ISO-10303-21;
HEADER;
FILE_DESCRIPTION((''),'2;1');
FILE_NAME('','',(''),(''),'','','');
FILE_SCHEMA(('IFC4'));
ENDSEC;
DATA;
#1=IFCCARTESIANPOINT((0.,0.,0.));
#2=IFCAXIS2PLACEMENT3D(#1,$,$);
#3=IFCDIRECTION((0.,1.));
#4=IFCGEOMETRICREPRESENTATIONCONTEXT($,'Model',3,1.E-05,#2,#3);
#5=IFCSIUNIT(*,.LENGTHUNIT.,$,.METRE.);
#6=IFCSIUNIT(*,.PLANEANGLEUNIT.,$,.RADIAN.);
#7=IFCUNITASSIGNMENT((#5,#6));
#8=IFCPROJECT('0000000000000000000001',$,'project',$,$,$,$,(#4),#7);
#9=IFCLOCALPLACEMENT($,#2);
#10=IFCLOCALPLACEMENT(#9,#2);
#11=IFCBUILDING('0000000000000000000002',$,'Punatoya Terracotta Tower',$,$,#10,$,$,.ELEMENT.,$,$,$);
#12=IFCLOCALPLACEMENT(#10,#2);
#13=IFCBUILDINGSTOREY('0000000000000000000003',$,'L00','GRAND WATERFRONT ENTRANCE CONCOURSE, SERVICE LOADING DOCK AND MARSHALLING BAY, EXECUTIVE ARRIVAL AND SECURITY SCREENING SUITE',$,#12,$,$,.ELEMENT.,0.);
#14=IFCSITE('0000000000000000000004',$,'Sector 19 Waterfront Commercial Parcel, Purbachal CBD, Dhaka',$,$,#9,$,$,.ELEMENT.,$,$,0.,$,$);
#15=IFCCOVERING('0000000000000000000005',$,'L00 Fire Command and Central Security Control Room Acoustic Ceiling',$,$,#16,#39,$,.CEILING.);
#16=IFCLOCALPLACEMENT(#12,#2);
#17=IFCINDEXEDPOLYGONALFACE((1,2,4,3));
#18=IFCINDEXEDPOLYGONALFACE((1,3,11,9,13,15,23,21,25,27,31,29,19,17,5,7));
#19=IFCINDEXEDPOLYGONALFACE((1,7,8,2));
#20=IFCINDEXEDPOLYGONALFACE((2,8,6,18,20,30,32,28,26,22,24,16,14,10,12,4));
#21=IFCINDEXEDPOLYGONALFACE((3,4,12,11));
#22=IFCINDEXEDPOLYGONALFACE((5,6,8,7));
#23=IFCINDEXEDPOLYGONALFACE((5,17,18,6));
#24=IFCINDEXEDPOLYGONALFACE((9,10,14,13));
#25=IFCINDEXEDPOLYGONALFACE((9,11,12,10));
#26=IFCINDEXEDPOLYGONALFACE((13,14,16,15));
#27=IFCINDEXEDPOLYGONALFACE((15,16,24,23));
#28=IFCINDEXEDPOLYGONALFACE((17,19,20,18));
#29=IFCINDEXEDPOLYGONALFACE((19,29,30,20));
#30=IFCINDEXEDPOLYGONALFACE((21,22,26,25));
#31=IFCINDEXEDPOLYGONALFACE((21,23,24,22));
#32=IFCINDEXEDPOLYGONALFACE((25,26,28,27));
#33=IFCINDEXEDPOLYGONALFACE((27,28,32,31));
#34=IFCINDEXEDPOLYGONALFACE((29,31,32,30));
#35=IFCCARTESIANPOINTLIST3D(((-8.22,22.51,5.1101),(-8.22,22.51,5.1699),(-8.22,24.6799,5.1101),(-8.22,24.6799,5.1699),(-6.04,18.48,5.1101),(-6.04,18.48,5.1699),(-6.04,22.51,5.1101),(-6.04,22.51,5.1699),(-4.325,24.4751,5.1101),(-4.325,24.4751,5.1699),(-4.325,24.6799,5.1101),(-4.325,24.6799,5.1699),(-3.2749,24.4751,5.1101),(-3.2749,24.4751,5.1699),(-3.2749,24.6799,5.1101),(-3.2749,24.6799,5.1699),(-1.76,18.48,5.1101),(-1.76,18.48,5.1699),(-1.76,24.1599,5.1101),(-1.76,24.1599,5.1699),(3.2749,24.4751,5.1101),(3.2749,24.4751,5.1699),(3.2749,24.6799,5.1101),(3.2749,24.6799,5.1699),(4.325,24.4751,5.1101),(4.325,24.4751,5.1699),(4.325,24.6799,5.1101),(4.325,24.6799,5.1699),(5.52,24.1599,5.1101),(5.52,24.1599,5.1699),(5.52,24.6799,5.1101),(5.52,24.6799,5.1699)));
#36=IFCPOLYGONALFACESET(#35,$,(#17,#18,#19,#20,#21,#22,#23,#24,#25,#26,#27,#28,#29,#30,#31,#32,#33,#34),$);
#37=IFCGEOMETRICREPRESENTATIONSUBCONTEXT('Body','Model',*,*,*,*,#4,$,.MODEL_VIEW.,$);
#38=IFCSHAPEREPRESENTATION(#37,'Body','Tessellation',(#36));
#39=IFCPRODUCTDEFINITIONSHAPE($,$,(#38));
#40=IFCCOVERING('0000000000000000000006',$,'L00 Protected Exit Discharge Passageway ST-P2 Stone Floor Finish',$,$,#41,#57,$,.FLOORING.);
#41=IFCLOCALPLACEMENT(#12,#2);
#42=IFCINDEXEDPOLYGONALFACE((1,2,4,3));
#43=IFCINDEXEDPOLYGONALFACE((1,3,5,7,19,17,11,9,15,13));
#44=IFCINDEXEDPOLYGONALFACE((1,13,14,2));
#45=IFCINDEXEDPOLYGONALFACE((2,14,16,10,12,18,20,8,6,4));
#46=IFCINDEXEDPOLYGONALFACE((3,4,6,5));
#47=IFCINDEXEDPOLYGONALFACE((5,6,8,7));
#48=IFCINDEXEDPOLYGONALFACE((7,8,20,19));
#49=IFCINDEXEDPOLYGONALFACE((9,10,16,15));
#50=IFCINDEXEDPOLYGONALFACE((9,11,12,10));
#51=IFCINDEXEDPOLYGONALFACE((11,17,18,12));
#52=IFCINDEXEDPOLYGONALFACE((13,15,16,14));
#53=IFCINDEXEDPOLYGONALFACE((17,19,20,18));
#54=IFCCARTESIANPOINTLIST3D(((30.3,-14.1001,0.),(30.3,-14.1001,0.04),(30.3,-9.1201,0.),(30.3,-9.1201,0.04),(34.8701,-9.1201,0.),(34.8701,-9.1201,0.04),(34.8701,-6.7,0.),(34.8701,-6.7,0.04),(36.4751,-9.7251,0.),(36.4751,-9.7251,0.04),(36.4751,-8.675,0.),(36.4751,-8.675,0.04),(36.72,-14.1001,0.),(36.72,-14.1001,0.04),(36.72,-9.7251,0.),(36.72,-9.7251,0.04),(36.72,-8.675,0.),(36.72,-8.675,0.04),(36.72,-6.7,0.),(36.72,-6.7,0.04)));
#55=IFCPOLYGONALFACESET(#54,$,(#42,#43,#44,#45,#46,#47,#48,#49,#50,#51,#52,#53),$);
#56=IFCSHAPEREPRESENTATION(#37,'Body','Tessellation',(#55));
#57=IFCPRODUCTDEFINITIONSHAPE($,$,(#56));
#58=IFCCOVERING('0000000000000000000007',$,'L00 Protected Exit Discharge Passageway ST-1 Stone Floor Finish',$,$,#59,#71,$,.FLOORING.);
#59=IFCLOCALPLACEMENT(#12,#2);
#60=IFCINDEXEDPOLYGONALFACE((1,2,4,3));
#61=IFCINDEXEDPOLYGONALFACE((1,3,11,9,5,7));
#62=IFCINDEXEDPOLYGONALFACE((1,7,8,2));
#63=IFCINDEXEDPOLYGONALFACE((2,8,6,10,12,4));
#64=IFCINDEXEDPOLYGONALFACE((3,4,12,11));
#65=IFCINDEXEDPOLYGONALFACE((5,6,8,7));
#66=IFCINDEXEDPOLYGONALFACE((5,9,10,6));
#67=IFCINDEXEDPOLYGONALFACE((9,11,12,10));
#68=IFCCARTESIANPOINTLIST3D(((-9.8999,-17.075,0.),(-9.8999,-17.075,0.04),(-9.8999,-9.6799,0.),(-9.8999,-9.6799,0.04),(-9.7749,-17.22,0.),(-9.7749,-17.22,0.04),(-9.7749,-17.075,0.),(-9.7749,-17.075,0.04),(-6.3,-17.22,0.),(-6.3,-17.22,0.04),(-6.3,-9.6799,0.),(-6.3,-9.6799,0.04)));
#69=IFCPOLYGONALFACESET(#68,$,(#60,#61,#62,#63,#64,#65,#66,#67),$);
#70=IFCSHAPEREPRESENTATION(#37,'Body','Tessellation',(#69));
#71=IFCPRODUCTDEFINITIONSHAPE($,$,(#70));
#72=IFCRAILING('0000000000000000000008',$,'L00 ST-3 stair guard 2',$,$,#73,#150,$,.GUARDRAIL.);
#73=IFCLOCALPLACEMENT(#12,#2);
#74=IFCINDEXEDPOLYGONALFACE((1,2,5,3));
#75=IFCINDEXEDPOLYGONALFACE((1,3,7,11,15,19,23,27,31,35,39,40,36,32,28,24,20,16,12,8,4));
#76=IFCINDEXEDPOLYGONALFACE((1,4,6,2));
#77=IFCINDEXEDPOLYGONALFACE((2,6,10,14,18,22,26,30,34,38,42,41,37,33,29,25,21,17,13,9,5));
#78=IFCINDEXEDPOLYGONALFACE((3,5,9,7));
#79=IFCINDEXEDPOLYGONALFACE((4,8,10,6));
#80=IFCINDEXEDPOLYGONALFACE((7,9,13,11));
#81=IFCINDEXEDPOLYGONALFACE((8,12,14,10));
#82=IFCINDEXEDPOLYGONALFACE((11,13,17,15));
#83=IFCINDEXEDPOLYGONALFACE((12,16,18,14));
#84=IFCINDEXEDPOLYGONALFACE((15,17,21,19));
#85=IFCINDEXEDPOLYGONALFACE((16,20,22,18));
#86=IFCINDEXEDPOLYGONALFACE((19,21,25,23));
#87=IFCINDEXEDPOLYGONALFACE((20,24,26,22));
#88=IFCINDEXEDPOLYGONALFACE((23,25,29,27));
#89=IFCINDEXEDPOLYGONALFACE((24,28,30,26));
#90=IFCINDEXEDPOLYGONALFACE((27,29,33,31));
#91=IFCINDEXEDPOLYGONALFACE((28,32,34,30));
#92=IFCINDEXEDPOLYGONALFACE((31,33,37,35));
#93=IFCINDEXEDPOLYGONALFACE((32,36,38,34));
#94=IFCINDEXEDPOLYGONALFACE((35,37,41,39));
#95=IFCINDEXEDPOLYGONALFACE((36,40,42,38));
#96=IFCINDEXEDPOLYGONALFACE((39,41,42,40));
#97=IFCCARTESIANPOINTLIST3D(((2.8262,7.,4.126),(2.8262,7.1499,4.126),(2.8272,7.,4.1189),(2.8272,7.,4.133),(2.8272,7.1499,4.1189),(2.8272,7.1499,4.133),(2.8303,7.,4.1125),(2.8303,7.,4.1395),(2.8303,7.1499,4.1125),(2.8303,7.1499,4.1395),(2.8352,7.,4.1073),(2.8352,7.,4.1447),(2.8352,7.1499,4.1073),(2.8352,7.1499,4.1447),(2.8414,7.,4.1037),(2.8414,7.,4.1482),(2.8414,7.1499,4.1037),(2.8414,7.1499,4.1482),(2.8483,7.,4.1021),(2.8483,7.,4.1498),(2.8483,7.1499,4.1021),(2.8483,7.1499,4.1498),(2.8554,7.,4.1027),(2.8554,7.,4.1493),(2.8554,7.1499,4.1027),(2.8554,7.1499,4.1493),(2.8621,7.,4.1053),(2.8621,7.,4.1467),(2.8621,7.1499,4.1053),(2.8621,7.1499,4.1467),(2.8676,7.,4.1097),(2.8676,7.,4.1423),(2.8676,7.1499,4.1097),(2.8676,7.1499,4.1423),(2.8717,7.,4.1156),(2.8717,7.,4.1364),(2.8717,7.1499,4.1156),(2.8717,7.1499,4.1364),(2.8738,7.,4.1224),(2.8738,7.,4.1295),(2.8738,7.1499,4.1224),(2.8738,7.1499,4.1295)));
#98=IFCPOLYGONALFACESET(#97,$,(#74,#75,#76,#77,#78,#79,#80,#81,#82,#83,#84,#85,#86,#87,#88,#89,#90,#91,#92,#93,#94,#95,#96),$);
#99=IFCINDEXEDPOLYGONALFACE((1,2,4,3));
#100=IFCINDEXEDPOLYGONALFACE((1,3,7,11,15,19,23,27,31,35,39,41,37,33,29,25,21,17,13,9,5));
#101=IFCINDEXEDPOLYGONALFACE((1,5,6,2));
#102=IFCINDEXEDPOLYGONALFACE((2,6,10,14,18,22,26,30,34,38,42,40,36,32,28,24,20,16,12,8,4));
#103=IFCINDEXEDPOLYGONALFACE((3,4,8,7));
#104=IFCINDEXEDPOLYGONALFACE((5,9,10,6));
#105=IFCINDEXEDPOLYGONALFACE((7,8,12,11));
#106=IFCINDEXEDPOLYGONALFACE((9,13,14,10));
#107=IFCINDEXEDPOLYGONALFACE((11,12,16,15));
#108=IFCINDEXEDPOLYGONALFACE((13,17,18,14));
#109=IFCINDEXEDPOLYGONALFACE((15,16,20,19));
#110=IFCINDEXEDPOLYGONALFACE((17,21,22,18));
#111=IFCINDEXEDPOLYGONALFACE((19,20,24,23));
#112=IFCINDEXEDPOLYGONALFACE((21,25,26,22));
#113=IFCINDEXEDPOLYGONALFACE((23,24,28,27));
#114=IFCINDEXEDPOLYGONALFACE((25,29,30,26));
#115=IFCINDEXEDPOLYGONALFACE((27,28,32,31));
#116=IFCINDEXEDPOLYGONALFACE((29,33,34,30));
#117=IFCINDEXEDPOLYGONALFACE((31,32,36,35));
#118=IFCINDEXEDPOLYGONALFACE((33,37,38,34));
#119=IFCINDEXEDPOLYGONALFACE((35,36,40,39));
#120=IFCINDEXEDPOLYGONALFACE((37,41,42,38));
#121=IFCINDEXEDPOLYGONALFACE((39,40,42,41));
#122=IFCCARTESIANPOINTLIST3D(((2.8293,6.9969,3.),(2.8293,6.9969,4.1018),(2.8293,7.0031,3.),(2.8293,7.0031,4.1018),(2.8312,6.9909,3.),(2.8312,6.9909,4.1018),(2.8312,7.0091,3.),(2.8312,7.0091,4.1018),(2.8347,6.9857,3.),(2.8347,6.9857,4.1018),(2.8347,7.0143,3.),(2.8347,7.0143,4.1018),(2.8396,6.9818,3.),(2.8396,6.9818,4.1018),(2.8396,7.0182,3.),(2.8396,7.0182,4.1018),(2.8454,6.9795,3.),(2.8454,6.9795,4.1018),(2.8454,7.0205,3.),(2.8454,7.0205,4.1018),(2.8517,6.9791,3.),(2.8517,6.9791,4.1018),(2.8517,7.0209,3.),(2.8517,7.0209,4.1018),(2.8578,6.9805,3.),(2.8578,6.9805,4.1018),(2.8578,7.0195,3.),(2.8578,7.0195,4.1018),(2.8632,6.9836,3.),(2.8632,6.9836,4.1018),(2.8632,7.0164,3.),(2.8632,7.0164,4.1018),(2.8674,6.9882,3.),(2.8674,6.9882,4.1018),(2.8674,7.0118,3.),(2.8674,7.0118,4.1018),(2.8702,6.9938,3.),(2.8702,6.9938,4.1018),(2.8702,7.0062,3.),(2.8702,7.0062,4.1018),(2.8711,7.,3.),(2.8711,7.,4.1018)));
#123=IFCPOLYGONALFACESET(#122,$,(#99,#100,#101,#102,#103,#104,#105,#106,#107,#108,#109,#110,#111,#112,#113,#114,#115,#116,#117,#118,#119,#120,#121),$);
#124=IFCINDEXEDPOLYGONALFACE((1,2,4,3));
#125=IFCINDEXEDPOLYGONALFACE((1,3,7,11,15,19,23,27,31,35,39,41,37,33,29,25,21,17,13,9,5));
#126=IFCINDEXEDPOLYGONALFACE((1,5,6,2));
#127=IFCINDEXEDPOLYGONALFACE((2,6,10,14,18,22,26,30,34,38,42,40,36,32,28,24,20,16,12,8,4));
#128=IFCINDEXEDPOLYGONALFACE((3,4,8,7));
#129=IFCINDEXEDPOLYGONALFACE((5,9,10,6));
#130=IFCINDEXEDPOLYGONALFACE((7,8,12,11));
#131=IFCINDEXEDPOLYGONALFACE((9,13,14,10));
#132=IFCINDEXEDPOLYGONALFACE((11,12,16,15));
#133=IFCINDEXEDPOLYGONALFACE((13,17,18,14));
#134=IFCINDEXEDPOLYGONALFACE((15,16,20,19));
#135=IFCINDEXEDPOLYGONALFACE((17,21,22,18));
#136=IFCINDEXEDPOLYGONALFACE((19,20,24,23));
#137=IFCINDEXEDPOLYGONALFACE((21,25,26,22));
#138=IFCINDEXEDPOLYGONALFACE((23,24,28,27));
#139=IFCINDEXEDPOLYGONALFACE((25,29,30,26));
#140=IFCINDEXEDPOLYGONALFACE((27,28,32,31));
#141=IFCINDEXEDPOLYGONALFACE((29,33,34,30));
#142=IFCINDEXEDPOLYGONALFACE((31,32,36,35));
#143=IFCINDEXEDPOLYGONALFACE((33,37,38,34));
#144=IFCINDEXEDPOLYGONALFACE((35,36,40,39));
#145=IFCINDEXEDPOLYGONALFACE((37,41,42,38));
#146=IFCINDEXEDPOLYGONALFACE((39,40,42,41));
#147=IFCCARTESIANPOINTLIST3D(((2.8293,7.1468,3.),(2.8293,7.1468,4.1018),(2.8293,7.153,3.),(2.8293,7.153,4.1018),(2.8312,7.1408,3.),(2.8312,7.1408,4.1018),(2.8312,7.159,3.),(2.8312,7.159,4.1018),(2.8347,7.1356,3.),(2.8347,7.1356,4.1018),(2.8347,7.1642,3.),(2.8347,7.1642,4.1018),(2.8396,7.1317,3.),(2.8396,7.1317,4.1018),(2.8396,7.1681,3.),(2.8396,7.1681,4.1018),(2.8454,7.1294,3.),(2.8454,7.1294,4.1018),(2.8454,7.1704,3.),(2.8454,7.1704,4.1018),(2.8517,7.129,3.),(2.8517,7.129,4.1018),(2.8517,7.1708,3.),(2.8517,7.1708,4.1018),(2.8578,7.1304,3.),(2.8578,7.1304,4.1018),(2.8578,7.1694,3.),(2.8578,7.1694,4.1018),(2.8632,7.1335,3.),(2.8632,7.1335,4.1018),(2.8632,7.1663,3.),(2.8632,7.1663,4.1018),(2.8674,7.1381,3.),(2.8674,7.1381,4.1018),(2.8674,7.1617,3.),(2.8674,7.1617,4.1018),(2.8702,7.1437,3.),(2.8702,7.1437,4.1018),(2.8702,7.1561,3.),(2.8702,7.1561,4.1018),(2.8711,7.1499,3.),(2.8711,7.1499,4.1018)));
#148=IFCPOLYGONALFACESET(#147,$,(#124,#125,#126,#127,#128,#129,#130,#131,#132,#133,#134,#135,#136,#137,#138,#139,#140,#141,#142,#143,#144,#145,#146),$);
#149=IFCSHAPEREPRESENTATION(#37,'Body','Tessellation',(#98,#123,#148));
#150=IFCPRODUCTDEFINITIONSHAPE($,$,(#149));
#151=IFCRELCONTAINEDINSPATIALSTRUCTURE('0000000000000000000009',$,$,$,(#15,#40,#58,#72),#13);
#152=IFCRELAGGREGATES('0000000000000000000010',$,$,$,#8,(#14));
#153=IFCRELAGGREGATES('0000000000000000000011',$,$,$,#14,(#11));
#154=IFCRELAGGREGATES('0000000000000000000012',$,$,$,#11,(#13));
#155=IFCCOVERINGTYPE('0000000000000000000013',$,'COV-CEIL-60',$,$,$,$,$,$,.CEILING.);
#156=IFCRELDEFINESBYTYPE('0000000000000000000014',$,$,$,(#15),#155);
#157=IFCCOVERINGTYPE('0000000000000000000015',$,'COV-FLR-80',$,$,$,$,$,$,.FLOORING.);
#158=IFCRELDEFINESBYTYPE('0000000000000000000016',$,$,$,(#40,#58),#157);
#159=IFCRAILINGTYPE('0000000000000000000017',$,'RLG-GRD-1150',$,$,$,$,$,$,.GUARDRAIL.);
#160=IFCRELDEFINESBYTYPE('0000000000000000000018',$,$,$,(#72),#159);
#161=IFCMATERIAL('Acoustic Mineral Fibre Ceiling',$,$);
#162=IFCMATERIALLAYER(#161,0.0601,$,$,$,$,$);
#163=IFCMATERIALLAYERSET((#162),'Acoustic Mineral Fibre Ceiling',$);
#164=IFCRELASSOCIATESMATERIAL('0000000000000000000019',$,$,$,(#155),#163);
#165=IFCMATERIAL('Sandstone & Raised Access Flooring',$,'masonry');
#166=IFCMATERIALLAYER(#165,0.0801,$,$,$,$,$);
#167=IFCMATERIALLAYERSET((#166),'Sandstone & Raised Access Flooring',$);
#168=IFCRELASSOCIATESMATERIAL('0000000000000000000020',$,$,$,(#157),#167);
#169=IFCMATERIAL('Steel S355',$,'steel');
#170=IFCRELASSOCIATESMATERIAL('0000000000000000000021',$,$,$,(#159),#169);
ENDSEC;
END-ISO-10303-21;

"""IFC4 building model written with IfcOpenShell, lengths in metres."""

from ifc_helpers import new_model, si_unit, direction, frame, origin, origin_2d, place, context, subcontext, project, spatial, polyline, circle, outline, extrude, material, layer, layer_set, type_object, element, save


model = new_model("IFC4")

# Units and contexts
model_context = context("Model", 3, precision=1e-05, world=origin(), true_north=direction((0.0, 1.0)))
body_context = subcontext(model_context, "Body", "Model", "MODEL_VIEW")
ifc_project = project(units=[si_unit("LENGTHUNIT", "METRE"), si_unit("PLANEANGLEUNIT", "RADIAN")], contexts=[model_context])

# Site, building, storey
site_placement = place(None, origin())
site = spatial("IfcSite", under=ifc_project, at=site_placement, Name="Sector 19 Waterfront Commercial Parcel, Purbachal CBD, Dhaka", CompositionType="ELEMENT", RefElevation=0.0)
building_placement = place(site_placement, origin())
building = spatial("IfcBuilding", under=site, at=building_placement, Name="Punatoya Terracotta Tower", CompositionType="ELEMENT")
storey_placement = place(building_placement, origin())
storey = spatial("IfcBuildingStorey", under=building, at=storey_placement, Name="L00", Description="GRAND WATERFRONT ENTRANCE CONCOURSE, SERVICE LOADING DOCK AND MARSHALLING BAY, EXECUTIVE ARRIVAL AND SECURITY SCREENING SUITE", CompositionType="ELEMENT", Elevation=0.0)

# Shared definitions
ifc_material_1 = material(Name="Steel S355", Category="steel")

# Coverings
ifc_material_2 = material(Name="Acoustic Mineral Fibre Ceiling")
ifc_layer_1 = layer(ifc_material_2, 0.0601)
ifc_layer_set_1 = layer_set([ifc_layer_1], Name="Acoustic Mineral Fibre Ceiling")
covering_type_1 = type_object("IfcCoveringType", Name="COV-CEIL-60", PredefinedType="CEILING", material=ifc_layer_set_1)
covering_1_placement = place(storey_placement, frame((0.0, 0.0, 5.1101)))
element("IfcCovering", 1, at=covering_1_placement, inside=storey, type_object=covering_type_1, Name="L00 Fire Command and Central Security Control Room Acoustic Ceiling", PredefinedType="CEILING", context=body_context, shape_type="SweptSolid", body=[
    extrude(outline(polyline([(-8.22, 24.6799), (-8.22, 22.51), (-6.04, 22.51), (-6.04, 18.48), (-1.76, 18.48), (-1.76, 24.1599), (5.52, 24.1599), (5.52, 24.6799), (4.325, 24.6799), (4.325, 24.4751), (3.2749, 24.4751), (3.2749, 24.6799), (-3.2749, 24.6799), (-3.2749, 24.4751), (-4.325, 24.4751), (-4.325, 24.6799), (-8.22, 24.6799)])), origin(), (0.0, 0.0, 1.0), 0.0598),
])
ifc_material_3 = material(Name="Sandstone & Raised Access Flooring", Category="masonry")
ifc_layer_2 = layer(ifc_material_3, 0.0801)
ifc_layer_set_2 = layer_set([ifc_layer_2], Name="Sandstone & Raised Access Flooring")
covering_type_2 = type_object("IfcCoveringType", Name="COV-FLR-80", PredefinedType="FLOORING", material=ifc_layer_set_2)
covering_2_placement = place(storey_placement, origin())
element("IfcCovering", 2, at=covering_2_placement, inside=storey, type_object=covering_type_2, Name="L00 Protected Exit Discharge Passageway ST-P2 Stone Floor Finish", PredefinedType="FLOORING", context=body_context, shape_type="SweptSolid", body=[
    extrude(outline(polyline([(36.72, -14.1001), (36.72, -9.7251), (36.4751, -9.7251), (36.4751, -8.675), (36.72, -8.675), (36.72, -6.7), (34.8701, -6.7), (34.8701, -9.1201), (30.3, -9.1201), (30.3, -14.1001), (36.72, -14.1001)])), origin(), (0.0, 0.0, 1.0), 0.04),
])
covering_3_placement = place(storey_placement, origin())
element("IfcCovering", 3, at=covering_3_placement, inside=storey, type_object=covering_type_2, Name="L00 Protected Exit Discharge Passageway ST-1 Stone Floor Finish", PredefinedType="FLOORING", context=body_context, shape_type="SweptSolid", body=[
    extrude(outline(polyline([(-6.3, -9.6799), (-9.8999, -9.6799), (-9.8999, -17.075), (-9.7749, -17.075), (-9.7749, -17.22), (-6.3, -17.22), (-6.3, -9.6799)])), origin(), (0.0, 0.0, 1.0), 0.04),
])

# Railing
railing_type_1 = type_object("IfcRailingType", Name="RLG-GRD-1150", PredefinedType="GUARDRAIL", material=ifc_material_1)
railing_1_placement = place(storey_placement, frame((2.8501, 7.0, 3.0)))
element("IfcRailing", 4, at=railing_1_placement, inside=storey, type_object=railing_type_1, Name="L00 ST-3 stair guard 2", PredefinedType="GUARDRAIL", context=body_context, shape_type="SweptSolid", body=[
    extrude(circle(Radius=0.0239, at=origin_2d()), frame((0.0, 0.0, 1.126), z_axis=(0.0, 1.0, 0.0), x_axis=(-1.0, 0.0, 0.0)), (0.0, 0.0, 1.0), 0.1499),
    extrude(circle(Radius=0.021, at=origin_2d()), origin(), (0.0, 0.0, 1.0), 1.1018),
    extrude(circle(Radius=0.021, at=origin_2d()), frame((0.0, 0.1499, 0.0)), (0.0, 0.0, 1.0), 1.1018),
])

save(model, "model.ifc")
